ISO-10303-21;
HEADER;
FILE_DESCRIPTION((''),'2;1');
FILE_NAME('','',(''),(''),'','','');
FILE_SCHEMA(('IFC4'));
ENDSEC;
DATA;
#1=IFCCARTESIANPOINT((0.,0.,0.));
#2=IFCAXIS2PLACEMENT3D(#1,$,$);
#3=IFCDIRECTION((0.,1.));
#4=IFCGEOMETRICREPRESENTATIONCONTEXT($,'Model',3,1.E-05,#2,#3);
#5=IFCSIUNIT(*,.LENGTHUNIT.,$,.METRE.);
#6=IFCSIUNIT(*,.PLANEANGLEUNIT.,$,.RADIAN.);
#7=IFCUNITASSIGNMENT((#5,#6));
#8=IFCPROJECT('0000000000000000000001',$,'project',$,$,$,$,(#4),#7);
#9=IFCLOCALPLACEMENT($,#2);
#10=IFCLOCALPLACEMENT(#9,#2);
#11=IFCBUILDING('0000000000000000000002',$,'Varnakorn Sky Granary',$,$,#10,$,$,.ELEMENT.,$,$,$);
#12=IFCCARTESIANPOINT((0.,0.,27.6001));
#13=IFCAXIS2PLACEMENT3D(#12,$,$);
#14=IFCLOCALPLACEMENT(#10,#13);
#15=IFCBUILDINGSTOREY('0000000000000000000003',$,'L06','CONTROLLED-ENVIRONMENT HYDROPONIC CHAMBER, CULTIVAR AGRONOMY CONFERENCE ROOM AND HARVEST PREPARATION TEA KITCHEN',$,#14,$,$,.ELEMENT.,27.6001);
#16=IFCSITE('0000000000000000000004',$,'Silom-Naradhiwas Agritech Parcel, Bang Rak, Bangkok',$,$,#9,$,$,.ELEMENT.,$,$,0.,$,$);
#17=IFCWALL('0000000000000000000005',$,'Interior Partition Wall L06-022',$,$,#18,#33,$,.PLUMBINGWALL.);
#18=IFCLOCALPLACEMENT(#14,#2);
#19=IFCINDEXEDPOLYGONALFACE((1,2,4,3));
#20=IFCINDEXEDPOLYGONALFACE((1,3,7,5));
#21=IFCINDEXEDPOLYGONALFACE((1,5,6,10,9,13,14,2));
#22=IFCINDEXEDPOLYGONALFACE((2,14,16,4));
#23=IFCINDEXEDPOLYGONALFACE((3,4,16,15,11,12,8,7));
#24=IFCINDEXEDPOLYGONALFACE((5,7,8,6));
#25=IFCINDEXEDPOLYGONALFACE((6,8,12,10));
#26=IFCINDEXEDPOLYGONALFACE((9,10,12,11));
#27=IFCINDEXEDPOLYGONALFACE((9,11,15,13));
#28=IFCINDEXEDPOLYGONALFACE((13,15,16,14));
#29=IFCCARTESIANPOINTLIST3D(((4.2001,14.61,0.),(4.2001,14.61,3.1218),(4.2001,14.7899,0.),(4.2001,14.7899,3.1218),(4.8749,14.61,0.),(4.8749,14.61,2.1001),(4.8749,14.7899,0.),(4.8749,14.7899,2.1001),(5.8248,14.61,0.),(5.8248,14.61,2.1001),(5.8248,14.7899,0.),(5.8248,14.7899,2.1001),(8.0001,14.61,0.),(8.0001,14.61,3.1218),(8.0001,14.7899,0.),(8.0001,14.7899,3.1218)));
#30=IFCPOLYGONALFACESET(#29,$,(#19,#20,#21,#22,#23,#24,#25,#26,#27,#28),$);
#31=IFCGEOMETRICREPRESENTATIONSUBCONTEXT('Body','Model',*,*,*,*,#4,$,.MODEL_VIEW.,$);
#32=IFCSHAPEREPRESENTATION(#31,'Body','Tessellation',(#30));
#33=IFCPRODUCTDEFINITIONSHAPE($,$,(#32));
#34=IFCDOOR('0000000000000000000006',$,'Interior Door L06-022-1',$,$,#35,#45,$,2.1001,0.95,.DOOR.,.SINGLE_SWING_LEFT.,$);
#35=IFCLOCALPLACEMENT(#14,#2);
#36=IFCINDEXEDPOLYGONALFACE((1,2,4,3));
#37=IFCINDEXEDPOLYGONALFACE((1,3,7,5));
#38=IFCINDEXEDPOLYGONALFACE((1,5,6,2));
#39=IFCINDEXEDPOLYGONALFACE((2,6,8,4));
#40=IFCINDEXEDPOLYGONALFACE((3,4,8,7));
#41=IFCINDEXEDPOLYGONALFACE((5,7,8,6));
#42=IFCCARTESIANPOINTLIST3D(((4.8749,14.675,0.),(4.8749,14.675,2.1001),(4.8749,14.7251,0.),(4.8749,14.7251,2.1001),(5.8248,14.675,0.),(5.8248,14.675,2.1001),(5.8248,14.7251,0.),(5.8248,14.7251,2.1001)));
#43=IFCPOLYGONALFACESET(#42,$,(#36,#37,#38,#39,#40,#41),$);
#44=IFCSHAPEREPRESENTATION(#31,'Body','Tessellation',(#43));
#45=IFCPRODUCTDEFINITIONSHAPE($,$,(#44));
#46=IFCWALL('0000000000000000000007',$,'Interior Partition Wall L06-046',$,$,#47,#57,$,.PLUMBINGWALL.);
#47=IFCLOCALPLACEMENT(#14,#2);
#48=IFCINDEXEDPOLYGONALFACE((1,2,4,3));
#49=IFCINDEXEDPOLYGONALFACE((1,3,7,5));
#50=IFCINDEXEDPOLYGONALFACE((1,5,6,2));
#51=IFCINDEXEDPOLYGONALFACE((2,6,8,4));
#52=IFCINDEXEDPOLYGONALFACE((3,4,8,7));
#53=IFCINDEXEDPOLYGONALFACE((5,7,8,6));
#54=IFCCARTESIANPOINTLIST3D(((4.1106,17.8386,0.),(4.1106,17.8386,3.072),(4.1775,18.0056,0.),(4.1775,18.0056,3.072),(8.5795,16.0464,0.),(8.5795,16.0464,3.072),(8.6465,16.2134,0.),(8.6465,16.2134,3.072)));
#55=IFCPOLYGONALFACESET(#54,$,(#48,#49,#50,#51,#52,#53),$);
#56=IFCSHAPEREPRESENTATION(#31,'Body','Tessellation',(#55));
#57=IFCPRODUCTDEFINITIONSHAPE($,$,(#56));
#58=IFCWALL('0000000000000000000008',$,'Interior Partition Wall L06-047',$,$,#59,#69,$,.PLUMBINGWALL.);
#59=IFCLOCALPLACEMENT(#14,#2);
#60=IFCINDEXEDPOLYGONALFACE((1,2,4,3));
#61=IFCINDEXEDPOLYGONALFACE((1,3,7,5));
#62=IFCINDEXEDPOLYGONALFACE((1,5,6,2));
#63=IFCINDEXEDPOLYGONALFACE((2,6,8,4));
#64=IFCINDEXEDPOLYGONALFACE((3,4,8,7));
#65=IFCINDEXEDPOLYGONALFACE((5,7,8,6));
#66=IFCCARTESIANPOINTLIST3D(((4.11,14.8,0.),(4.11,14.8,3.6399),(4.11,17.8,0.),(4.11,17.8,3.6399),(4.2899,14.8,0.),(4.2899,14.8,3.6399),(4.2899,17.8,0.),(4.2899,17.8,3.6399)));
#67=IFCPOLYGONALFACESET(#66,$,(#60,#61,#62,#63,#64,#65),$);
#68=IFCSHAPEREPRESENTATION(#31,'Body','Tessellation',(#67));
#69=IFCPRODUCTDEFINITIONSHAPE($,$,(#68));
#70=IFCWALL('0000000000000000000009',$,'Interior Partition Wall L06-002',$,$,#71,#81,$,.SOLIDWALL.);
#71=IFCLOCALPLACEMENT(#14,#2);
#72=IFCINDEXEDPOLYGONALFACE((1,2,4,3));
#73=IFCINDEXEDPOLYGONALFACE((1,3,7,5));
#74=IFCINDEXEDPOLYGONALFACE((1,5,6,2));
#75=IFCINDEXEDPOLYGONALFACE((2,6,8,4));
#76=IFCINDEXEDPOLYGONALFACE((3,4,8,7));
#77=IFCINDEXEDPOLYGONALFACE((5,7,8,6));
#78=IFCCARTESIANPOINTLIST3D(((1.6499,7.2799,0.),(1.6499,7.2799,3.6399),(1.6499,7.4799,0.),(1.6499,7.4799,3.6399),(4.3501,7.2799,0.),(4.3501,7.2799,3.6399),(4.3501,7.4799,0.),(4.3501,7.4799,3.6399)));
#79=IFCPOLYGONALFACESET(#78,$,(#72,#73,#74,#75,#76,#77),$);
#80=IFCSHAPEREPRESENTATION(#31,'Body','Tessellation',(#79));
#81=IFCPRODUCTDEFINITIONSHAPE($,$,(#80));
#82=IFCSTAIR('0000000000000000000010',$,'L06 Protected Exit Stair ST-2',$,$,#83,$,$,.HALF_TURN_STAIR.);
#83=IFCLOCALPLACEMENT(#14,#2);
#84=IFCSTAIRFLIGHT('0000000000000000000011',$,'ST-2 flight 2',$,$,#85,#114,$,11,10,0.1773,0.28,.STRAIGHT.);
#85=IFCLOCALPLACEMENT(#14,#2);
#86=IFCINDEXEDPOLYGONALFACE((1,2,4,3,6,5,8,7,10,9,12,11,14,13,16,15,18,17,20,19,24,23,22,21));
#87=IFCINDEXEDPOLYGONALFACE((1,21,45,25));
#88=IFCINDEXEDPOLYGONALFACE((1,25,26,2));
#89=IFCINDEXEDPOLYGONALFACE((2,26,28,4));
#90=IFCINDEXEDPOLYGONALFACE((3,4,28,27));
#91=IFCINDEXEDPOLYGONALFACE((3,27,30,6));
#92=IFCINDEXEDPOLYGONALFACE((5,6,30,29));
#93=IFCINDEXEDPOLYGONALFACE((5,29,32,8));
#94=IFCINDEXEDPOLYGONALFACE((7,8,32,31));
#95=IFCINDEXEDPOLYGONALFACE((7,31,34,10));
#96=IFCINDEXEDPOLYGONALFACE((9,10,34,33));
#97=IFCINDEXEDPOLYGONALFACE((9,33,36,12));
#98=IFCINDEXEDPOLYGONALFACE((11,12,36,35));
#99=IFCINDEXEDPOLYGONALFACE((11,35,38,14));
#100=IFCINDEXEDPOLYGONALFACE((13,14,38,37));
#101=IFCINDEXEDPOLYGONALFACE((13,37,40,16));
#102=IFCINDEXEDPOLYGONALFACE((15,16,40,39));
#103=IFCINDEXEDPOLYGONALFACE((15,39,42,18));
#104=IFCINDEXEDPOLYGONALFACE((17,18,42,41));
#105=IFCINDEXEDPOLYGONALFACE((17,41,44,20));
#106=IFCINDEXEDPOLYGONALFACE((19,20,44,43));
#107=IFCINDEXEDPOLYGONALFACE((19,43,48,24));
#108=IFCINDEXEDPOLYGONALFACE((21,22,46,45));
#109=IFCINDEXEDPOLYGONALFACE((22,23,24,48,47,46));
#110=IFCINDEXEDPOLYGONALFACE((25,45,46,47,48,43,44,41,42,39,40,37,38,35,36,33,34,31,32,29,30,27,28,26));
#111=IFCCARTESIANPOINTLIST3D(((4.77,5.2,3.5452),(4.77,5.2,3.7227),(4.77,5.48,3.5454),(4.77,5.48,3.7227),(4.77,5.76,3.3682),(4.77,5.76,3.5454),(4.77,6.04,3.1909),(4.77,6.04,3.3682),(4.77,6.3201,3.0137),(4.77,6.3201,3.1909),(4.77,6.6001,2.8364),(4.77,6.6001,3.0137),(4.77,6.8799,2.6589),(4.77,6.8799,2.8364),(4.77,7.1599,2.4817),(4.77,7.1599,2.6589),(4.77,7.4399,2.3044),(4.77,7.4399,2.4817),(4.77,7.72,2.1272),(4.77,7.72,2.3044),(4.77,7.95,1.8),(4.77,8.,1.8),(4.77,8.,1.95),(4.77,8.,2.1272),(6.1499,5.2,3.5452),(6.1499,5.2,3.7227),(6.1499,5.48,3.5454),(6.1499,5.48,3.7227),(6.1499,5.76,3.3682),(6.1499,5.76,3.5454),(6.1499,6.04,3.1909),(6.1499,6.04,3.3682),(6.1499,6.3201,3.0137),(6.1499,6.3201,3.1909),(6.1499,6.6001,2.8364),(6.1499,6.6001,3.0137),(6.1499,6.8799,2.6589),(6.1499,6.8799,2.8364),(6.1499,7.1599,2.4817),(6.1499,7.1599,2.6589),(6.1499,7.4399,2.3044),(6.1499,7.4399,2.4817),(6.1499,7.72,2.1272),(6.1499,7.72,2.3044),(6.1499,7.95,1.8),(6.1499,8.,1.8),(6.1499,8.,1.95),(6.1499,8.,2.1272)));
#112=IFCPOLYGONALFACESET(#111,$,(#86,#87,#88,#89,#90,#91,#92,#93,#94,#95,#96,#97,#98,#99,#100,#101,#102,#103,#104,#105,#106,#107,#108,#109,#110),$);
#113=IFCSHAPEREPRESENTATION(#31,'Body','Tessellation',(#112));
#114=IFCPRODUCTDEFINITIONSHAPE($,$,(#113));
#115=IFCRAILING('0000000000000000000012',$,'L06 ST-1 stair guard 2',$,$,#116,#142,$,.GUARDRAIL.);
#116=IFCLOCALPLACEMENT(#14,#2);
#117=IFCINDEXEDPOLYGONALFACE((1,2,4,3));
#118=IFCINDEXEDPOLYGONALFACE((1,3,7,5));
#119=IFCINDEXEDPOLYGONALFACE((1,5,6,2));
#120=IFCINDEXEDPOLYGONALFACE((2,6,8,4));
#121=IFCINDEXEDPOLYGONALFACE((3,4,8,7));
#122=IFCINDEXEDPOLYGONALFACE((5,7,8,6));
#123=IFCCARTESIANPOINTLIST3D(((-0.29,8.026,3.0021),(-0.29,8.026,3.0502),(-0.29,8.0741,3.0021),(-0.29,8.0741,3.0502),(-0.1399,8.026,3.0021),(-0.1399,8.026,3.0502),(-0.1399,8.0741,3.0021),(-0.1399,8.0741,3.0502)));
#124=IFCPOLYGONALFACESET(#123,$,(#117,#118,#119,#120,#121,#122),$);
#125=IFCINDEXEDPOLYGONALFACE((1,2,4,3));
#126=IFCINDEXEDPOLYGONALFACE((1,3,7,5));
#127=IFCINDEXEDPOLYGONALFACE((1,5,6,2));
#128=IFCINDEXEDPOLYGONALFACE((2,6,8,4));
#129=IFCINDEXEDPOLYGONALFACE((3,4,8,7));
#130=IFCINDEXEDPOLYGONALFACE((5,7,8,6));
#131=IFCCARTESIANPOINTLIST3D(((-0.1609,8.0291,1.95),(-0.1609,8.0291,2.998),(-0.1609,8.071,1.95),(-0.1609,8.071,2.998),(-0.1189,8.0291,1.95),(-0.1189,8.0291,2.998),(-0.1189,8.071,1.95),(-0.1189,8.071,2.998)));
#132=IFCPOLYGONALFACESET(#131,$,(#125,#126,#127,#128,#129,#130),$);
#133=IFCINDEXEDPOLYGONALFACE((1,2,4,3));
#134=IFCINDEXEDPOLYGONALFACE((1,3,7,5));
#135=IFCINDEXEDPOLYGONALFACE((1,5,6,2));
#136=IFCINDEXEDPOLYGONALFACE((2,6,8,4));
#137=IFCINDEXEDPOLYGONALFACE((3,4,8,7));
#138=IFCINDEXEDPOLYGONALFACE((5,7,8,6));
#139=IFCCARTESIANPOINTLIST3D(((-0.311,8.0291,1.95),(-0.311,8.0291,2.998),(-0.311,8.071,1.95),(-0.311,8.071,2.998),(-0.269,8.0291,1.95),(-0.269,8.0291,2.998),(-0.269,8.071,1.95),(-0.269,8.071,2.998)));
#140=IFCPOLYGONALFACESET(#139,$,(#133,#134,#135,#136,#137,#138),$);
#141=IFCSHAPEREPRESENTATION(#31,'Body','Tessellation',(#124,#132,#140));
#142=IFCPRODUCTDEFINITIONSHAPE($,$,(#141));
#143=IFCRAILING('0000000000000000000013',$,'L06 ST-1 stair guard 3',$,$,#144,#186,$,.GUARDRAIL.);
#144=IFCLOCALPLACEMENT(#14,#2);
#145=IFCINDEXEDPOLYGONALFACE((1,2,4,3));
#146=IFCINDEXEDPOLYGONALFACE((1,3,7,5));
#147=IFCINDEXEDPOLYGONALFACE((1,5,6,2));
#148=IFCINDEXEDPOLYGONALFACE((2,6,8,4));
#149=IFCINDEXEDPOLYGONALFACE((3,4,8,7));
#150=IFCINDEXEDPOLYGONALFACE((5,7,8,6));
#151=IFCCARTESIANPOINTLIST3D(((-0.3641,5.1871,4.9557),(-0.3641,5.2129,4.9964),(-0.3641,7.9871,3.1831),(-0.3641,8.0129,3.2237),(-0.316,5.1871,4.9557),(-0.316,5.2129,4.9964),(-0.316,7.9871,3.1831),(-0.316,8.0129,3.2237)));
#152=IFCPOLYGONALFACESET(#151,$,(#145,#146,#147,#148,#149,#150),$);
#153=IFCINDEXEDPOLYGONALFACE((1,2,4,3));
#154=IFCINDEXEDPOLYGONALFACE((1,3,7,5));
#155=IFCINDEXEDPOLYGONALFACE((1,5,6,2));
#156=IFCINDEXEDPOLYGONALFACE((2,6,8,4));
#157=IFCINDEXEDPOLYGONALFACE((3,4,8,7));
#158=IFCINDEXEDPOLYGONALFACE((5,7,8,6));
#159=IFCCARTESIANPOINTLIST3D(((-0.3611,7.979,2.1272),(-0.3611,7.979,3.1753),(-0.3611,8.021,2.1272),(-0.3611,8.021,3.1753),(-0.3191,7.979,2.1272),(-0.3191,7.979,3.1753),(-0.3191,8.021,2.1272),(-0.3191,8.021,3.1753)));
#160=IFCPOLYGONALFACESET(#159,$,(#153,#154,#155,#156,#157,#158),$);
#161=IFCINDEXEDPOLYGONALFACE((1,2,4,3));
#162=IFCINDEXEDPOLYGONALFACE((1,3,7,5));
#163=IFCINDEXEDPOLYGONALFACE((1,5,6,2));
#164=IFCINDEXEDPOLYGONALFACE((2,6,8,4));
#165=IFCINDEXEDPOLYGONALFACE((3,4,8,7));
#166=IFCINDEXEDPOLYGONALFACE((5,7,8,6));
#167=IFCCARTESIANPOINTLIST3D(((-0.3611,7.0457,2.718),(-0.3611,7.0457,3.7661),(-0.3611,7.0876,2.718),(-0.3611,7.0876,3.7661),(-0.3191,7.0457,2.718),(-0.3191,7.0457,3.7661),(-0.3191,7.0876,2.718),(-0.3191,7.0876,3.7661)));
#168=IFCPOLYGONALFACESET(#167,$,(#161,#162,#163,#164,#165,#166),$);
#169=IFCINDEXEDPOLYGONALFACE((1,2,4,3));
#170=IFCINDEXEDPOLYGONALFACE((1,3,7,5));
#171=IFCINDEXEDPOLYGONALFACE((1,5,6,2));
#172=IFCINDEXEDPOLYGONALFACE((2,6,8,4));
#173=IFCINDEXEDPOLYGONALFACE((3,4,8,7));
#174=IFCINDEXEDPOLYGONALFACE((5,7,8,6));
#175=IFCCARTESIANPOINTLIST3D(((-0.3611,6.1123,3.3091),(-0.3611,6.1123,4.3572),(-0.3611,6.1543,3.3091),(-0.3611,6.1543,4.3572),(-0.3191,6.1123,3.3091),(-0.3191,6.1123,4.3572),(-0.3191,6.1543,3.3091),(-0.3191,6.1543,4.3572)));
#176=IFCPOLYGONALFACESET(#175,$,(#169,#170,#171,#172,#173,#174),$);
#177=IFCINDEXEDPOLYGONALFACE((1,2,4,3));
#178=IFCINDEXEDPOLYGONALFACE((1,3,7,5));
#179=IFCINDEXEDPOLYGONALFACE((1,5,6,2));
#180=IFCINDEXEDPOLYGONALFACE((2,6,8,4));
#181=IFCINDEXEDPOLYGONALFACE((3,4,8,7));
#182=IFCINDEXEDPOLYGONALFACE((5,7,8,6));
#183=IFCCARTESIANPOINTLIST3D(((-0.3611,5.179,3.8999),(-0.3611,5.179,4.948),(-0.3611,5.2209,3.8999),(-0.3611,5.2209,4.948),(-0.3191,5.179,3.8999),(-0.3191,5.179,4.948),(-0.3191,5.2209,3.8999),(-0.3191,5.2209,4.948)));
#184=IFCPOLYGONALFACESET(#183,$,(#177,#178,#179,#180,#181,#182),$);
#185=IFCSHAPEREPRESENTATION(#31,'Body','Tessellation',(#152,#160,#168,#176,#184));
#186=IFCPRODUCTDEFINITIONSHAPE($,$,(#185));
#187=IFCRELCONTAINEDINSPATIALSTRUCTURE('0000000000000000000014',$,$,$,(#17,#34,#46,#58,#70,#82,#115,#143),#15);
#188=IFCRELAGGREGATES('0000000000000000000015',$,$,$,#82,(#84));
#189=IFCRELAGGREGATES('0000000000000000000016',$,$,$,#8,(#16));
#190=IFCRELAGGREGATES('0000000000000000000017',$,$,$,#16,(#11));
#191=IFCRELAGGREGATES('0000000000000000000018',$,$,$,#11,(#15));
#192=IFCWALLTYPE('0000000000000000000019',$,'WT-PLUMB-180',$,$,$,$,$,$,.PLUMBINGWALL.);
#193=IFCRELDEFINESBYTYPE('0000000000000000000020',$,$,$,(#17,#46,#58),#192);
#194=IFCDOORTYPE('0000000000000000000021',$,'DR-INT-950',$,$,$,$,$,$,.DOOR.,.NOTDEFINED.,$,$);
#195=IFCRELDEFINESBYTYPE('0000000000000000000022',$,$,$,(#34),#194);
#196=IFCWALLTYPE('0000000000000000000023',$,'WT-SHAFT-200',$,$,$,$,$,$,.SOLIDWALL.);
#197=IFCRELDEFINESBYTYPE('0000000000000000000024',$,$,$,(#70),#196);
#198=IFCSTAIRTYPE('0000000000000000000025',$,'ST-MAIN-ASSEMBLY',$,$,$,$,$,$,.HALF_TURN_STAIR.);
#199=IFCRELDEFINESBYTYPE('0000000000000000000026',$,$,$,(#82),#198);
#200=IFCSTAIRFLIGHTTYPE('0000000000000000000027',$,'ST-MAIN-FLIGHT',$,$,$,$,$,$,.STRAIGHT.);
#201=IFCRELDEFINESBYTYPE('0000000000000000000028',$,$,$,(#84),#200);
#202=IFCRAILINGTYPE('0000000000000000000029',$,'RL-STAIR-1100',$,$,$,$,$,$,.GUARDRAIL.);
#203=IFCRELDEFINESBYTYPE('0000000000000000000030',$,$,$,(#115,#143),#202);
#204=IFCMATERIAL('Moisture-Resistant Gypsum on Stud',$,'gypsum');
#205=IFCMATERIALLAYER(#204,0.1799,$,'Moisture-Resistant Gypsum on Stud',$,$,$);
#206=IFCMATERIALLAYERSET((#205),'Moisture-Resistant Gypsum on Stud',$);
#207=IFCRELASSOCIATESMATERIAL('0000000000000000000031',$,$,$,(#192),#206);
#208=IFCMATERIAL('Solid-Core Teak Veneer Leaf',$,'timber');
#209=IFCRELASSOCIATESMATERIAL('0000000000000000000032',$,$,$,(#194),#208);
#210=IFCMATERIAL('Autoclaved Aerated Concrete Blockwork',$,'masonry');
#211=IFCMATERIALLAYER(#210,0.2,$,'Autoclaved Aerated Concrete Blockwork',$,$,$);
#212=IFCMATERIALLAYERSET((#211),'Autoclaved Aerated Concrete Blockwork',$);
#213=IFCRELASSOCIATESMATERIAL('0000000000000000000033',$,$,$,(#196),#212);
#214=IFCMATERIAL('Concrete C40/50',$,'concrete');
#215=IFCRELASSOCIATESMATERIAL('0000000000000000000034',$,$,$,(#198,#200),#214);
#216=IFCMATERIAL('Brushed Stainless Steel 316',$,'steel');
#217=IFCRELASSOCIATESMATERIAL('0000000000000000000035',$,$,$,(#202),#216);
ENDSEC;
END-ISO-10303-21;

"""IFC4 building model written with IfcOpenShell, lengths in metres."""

from ifc_helpers import new_model, si_unit, direction, frame, frame_2d, origin, origin_2d, place, context, subcontext, project, spatial, polyline, rectangle, outline, extrude, material, layer, layer_set, type_object, element, fill, aggregate, save


model = new_model("IFC4")

# Units and contexts
model_context = context("Model", 3, precision=1e-05, world=origin(), true_north=direction((0.0, 1.0)))
body_context = subcontext(model_context, "Body", "Model", "MODEL_VIEW")
ifc_project = project(units=[si_unit("LENGTHUNIT", "METRE"), si_unit("PLANEANGLEUNIT", "RADIAN")], contexts=[model_context])

# Site, building, storey
site_placement = place(None, origin())
site = spatial("IfcSite", under=ifc_project, at=site_placement, Name="Silom-Naradhiwas Agritech Parcel, Bang Rak, Bangkok", CompositionType="ELEMENT", RefElevation=0.0)
building_placement = place(site_placement, origin())
building = spatial("IfcBuilding", under=site, at=building_placement, Name="Varnakorn Sky Granary", CompositionType="ELEMENT")
storey_placement = place(building_placement, frame((0.0, 0.0, 27.6001)))
storey = spatial("IfcBuildingStorey", under=building, at=storey_placement, Name="L06", Description="CONTROLLED-ENVIRONMENT HYDROPONIC CHAMBER, CULTIVAR AGRONOMY CONFERENCE ROOM AND HARVEST PREPARATION TEA KITCHEN", CompositionType="ELEMENT", Elevation=27.6001)

# Shared definitions
ifc_material_1 = material(Name="Autoclaved Aerated Concrete Blockwork", Category="masonry")

# Wall, opening, door
ifc_material_2 = material(Name="Moisture-Resistant Gypsum on Stud", Category="gypsum")
ifc_layer_1 = layer(ifc_material_2, 0.1799, Name="Moisture-Resistant Gypsum on Stud")
ifc_layer_set_1 = layer_set([ifc_layer_1], Name="Moisture-Resistant Gypsum on Stud")
wall_type_1 = type_object("IfcWallType", Name="WT-PLUMB-180", PredefinedType="PLUMBINGWALL", material=ifc_layer_set_1)
wall_1_placement = place(storey_placement, frame((8.0, 14.7, 0.0), z_axis=(0.0, 0.0, 1.0), x_axis=(-1.0, 0.0, 0.0)))
wall_1 = element("IfcWall", 1, at=wall_1_placement, inside=storey, type_object=wall_type_1, Name="Interior Partition Wall L06-022", PredefinedType="PLUMBINGWALL", context=body_context, shape_type="SweptSolid", body=[
    extrude(rectangle(XDim=3.8, YDim=0.1799, at=frame_2d((1.8999, 0.0))), origin(), (0.0, 0.0, 1.0), 3.1218),
])
opening_placement = place(wall_1_placement, frame((2.175, 0.0, 0.0)))
opening = element("IfcOpeningElement", 2, at=opening_placement, cuts=wall_1, PredefinedType="OPENING", context=body_context, shape_type="SweptSolid", body=[
    extrude(rectangle(XDim=0.95, YDim=2.1001, at=frame_2d((0.4751, 1.05))), frame((0.0, 0.1001, 0.0), z_axis=(0.0, -1.0, 0.0), x_axis=(1.0, 0.0, 0.0)), (0.0, 0.0, 1.0), 0.2),
])
ifc_material_3 = material(Name="Solid-Core Teak Veneer Leaf", Category="timber")
door_type = type_object("IfcDoorType", Name="DR-INT-950", OperationType="NOTDEFINED", PredefinedType="DOOR", material=ifc_material_3)
door_placement = place(opening_placement, origin())
door = element("IfcDoor", 3, at=door_placement, inside=storey, type_object=door_type, Name="Interior Door L06-022-1", OperationType="SINGLE_SWING_LEFT", OverallHeight=2.1001, OverallWidth=0.95, PredefinedType="DOOR", context=body_context, shape_type="SweptSolid", body=[
    extrude(rectangle(XDim=0.95, YDim=2.1001, at=frame_2d((0.4751, 1.05))), frame((0.0, 0.0249, 0.0), z_axis=(0.0, -1.0, 0.0), x_axis=(1.0, 0.0, 0.0)), (0.0, 0.0, 1.0), 0.05),
])
fill(opening, door)

# Walls
wall_2_placement = place(storey_placement, frame((4.144, 17.9221, 0.0), z_axis=(0.0, 0.0, 1.0), x_axis=(0.928144, -0.372221, 0.0)))
element("IfcWall", 4, at=wall_2_placement, inside=storey, type_object=wall_type_1, Name="Interior Partition Wall L06-046", PredefinedType="PLUMBINGWALL", context=body_context, shape_type="SweptSolid", body=[
    extrude(rectangle(XDim=4.8149, YDim=0.1799, at=frame_2d((2.4075, 0.0))), origin(), (0.0, 0.0, 1.0), 3.072),
])
wall_3_placement = place(storey_placement, frame((4.2, 17.8, 0.0), z_axis=(0.0, 0.0, 1.0), x_axis=(0.0, -1.0, 0.0)))
element("IfcWall", 5, at=wall_3_placement, inside=storey, type_object=wall_type_1, Name="Interior Partition Wall L06-047", PredefinedType="PLUMBINGWALL", context=body_context, shape_type="SweptSolid", body=[
    extrude(rectangle(XDim=3.0, YDim=0.1799, at=frame_2d((1.5, 0.0))), origin(), (0.0, 0.0, 1.0), 3.6399),
])
ifc_layer_2 = layer(ifc_material_1, 0.2, Name="Autoclaved Aerated Concrete Blockwork")
ifc_layer_set_2 = layer_set([ifc_layer_2], Name="Autoclaved Aerated Concrete Blockwork")
wall_type_2 = type_object("IfcWallType", Name="WT-SHAFT-200", PredefinedType="SOLIDWALL", material=ifc_layer_set_2)
wall_4_placement = place(storey_placement, frame((1.6499, 7.3799, 0.0), z_axis=(0.0, 0.0, 1.0), x_axis=(1.0, 0.0, 0.0)))
element("IfcWall", 6, at=wall_4_placement, inside=storey, type_object=wall_type_2, Name="Interior Partition Wall L06-002", PredefinedType="SOLIDWALL", context=body_context, shape_type="SweptSolid", body=[
    extrude(rectangle(XDim=2.7002, YDim=0.2, at=frame_2d((1.3501, 0.0))), origin(), (0.0, 0.0, 1.0), 3.6399),
])

# Stair, stair flight
ifc_material_4 = material(Name="Concrete C40/50", Category="concrete")
stair_type = type_object("IfcStairType", Name="ST-MAIN-ASSEMBLY", PredefinedType="HALF_TURN_STAIR", material=ifc_material_4)
stair_placement = place(storey_placement, origin())
stair = element("IfcStair", 7, at=stair_placement, inside=storey, type_object=stair_type, Name="L06 Protected Exit Stair ST-2", PredefinedType="HALF_TURN_STAIR")
stair_flight_type = type_object("IfcStairFlightType", Name="ST-MAIN-FLIGHT", PredefinedType="STRAIGHT", material=ifc_material_4)
stair_flight_placement = place(storey_placement, frame((5.46, 8.0, 1.95), z_axis=(0.0, 0.0, 1.0), x_axis=(0.0, -1.0, 0.0)))
stair_flight = element("IfcStairFlight", 8, at=stair_flight_placement, type_object=stair_flight_type, Name="ST-2 flight 2", NumberOfRisers=11, NumberOfTreads=10, PredefinedType="STRAIGHT", RiserHeight=0.1773, TreadLength=0.28, context=body_context, shape_type="SweptSolid", body=[
    extrude(outline(polyline([(0.0, -0.1499), (0.0, 0.0), (0.0, 0.1772), (0.28, 0.1772), (0.28, 0.3545), (0.5601, 0.3545), (0.5601, 0.5317), (0.8401, 0.5317), (0.8401, 0.709), (1.1201, 0.709), (1.1201, 0.8865), (1.3999, 0.8865), (1.3999, 1.0637), (1.6799, 1.0637), (1.6799, 1.241), (1.96, 1.241), (1.96, 1.4182), (2.24, 1.4182), (2.24, 1.5955), (2.52, 1.5955), (2.52, 1.7727), (2.8, 1.7727), (2.8, 1.95), (2.8, 1.5952), (0.05, -0.1499), (0.0, -0.1499)])), frame((0.0, 0.6899, 0.0), z_axis=(0.0, -1.0, 0.0), x_axis=(1.0, 0.0, 0.0)), (0.0, 0.0, 1.0), 1.3799),
])
aggregate(stair, [stair_flight])

# Railings
ifc_material_5 = material(Name="Brushed Stainless Steel 316", Category="steel")
railing_type_1 = type_object("IfcRailingType", Name="RL-STAIR-1100", PredefinedType="GUARDRAIL", material=ifc_material_5)
railing_1_placement = place(storey_placement, frame((-0.1399, 8.05, 1.95)))
element("IfcRailing", 9, at=railing_1_placement, inside=storey, type_object=railing_type_1, Name="L06 ST-1 stair guard 2", PredefinedType="GUARDRAIL", context=body_context, shape_type="SweptSolid", body=[
    extrude(rectangle(XDim=0.0481, YDim=0.0481, at=origin_2d()), frame((0.0, 0.0, 1.0762), z_axis=(-1.0, 0.0, 0.0), x_axis=(0.0, -1.0, 0.0)), (0.0, 0.0, 1.0), 0.1501),
    extrude(rectangle(XDim=0.042, YDim=0.042, at=origin_2d()), origin(), (0.0, 0.0, 1.0), 1.0481),
    extrude(rectangle(XDim=0.042, YDim=0.042, at=origin_2d()), frame((-0.1501, 0.0, 0.0)), (0.0, 0.0, 1.0), 1.0481),
])
railing_2_placement = place(storey_placement, frame((-0.3401, 8.0, 2.1272)))
element("IfcRailing", 10, at=railing_2_placement, inside=storey, type_object=railing_type_1, Name="L06 ST-1 stair guard 3", PredefinedType="GUARDRAIL", context=body_context, shape_type="SweptSolid", body=[
    extrude(rectangle(XDim=0.0481, YDim=0.0481, at=origin_2d()), frame((0.0, 0.0, 1.0762), z_axis=(0.0, -0.844909, 0.53491), x_axis=(1.0, 0.0, 0.0)), (0.0, 0.0, 1.0), 3.314),
    extrude(rectangle(XDim=0.042, YDim=0.042, at=origin_2d()), origin(), (0.0, 0.0, 1.0), 1.0481),
    extrude(rectangle(XDim=0.042, YDim=0.042, at=origin_2d()), frame((0.0, -0.9333, 0.5908)), (0.0, 0.0, 1.0), 1.0481),
    extrude(rectangle(XDim=0.042, YDim=0.042, at=origin_2d()), frame((0.0, -1.8667, 1.1819)), (0.0, 0.0, 1.0), 1.0481),
    extrude(rectangle(XDim=0.042, YDim=0.042, at=origin_2d()), frame((0.0, -2.8, 1.7727)), (0.0, 0.0, 1.0), 1.0481),
])

save(model, "model.ifc")
